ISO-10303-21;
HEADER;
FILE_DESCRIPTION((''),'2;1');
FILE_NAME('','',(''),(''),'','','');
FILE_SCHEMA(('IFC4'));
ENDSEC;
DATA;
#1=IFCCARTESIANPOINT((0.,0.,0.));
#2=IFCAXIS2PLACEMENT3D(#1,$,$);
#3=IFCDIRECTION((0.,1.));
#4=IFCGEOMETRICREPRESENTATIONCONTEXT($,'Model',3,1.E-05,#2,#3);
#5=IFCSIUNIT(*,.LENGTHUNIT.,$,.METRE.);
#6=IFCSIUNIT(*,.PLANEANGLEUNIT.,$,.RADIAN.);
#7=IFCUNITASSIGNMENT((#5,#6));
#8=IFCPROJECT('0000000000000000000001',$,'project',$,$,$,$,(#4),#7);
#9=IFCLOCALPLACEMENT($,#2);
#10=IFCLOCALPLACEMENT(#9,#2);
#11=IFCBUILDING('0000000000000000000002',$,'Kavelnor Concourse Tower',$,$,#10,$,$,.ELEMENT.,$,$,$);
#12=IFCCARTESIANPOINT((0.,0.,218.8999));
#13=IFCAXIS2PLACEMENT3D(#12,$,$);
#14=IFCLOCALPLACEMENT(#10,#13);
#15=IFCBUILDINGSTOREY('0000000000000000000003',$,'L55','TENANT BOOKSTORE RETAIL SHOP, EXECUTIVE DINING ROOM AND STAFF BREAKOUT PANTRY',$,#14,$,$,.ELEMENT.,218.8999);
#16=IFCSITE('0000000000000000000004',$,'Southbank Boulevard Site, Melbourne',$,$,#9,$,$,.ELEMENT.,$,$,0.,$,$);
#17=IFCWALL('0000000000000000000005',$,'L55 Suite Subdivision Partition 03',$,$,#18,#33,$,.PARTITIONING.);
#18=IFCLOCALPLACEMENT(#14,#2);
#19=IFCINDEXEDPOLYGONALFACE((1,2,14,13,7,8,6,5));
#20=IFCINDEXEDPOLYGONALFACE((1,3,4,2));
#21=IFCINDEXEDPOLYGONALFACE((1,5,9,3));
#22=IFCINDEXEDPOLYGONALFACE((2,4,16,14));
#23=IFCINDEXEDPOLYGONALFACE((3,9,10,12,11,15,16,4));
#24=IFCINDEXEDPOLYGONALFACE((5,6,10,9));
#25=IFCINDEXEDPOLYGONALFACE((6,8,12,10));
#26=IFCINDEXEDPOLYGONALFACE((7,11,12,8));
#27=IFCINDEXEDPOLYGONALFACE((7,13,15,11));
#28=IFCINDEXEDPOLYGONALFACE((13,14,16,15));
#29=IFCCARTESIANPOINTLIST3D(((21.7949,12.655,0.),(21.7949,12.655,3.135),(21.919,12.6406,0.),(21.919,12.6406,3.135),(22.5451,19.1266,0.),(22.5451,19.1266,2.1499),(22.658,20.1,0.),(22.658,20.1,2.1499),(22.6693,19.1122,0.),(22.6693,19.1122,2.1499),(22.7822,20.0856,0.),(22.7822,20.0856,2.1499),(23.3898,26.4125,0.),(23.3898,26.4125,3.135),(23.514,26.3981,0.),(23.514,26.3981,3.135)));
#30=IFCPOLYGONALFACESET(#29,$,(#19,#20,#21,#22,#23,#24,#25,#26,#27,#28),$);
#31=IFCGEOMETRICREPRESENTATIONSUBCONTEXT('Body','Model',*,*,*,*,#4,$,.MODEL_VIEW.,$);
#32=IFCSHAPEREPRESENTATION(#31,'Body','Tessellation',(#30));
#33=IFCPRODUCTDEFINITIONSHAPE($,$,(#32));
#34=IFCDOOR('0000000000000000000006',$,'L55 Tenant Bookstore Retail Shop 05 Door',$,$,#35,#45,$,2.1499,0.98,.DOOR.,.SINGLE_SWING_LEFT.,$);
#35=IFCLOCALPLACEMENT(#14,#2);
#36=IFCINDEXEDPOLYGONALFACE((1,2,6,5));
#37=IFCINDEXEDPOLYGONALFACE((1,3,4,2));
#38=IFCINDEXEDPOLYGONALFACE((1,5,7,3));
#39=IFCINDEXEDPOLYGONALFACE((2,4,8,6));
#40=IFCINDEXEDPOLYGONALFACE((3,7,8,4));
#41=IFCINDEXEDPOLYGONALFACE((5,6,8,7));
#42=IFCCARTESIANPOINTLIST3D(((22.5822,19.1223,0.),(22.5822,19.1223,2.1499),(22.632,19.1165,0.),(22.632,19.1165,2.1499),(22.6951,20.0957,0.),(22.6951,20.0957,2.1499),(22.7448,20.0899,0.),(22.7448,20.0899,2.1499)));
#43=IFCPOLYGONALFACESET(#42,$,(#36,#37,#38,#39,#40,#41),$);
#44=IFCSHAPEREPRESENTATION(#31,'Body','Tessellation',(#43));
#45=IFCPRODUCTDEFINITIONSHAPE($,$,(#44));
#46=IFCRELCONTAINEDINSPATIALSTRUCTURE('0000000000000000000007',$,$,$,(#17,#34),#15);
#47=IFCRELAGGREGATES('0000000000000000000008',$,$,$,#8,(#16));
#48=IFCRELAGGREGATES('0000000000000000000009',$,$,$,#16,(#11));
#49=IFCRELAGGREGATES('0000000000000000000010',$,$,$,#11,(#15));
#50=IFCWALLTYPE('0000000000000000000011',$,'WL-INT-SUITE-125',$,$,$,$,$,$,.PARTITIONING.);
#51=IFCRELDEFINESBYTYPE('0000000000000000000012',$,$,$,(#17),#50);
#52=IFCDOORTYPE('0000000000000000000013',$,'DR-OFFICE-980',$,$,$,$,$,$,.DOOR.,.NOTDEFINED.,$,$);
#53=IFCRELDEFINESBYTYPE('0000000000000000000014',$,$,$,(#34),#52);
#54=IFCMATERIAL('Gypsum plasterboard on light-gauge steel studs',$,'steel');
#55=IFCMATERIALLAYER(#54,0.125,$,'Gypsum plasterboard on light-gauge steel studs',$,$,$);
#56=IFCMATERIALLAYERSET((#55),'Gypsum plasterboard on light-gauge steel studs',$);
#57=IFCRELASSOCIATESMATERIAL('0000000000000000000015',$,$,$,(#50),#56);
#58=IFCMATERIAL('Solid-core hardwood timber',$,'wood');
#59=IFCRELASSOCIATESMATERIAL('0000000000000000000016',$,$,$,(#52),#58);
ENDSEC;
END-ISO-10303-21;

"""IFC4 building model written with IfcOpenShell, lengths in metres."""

from ifc_helpers import new_model, si_unit, direction, frame, frame_2d, origin, place, context, subcontext, project, spatial, rectangle, extrude, material, layer, layer_set, type_object, element, fill, save


model = new_model("IFC4")

# Units and contexts
model_context = context("Model", 3, precision=1e-05, world=origin(), true_north=direction((0.0, 1.0)))
body_context = subcontext(model_context, "Body", "Model", "MODEL_VIEW")
ifc_project = project(units=[si_unit("LENGTHUNIT", "METRE"), si_unit("PLANEANGLEUNIT", "RADIAN")], contexts=[model_context])

# Site, building, storey
site_placement = place(None, origin())
site = spatial("IfcSite", under=ifc_project, at=site_placement, Name="Southbank Boulevard Site, Melbourne", CompositionType="ELEMENT", RefElevation=0.0)
building_placement = place(site_placement, origin())
building = spatial("IfcBuilding", under=site, at=building_placement, Name="Kavelnor Concourse Tower", CompositionType="ELEMENT")
storey_placement = place(building_placement, frame((0.0, 0.0, 218.8999)))
storey = spatial("IfcBuildingStorey", under=building, at=storey_placement, Name="L55", Description="TENANT BOOKSTORE RETAIL SHOP, EXECUTIVE DINING ROOM AND STAFF BREAKOUT PANTRY", CompositionType="ELEMENT", Elevation=218.8999)

# Shared definitions
ifc_material_1 = material(Name="Gypsum plasterboard on light-gauge steel studs", Category="steel")

# Wall, opening, door
ifc_layer_1 = layer(ifc_material_1, 0.125, Name="Gypsum plasterboard on light-gauge steel studs")
ifc_layer_set_1 = layer_set([ifc_layer_1], Name="Gypsum plasterboard on light-gauge steel studs")
wall_type_1 = type_object("IfcWallType", Name="WL-INT-SUITE-125", PredefinedType="PARTITIONING", material=ifc_layer_set_1)
wall_1_placement = place(storey_placement, frame((23.4519, 26.4053, 0.0), z_axis=(0.0, 0.0, 1.0), x_axis=(-0.115163, -0.993347, 0.0)))
wall_1 = element("IfcWall", 1, at=wall_1_placement, inside=storey, type_object=wall_type_1, Name="L55 Suite Subdivision Partition 03", PredefinedType="PARTITIONING", context=body_context, shape_type="SweptSolid", body=[
    extrude(rectangle(XDim=13.8496, YDim=0.125, at=frame_2d((6.9248, 0.0))), origin(), (0.0, 0.0, 1.0), 3.135),
])
opening_1_placement = place(wall_1_placement, frame((6.3547, 0.0, 0.0)))
opening_1 = element("IfcOpeningElement", 2, at=opening_1_placement, cuts=wall_1, PredefinedType="OPENING", context=body_context, shape_type="SweptSolid", body=[
    extrude(rectangle(XDim=0.98, YDim=2.1499, at=frame_2d((0.49, 1.075))), frame((0.0, 0.0725, 0.0), z_axis=(0.0, -1.0, 0.0), x_axis=(1.0, 0.0, 0.0)), (0.0, 0.0, 1.0), 0.145),
])
ifc_material_2 = material(Name="Solid-core hardwood timber", Category="wood")
door_type = type_object("IfcDoorType", Name="DR-OFFICE-980", OperationType="NOTDEFINED", PredefinedType="DOOR", material=ifc_material_2)
door_placement = place(opening_1_placement, origin())
door = element("IfcDoor", 3, at=door_placement, inside=storey, type_object=door_type, Name="L55 Tenant Bookstore Retail Shop 05 Door", OperationType="SINGLE_SWING_LEFT", OverallHeight=2.1499, OverallWidth=0.98, PredefinedType="DOOR", context=body_context, shape_type="SweptSolid", body=[
    extrude(rectangle(XDim=0.98, YDim=2.1499, at=frame_2d((0.49, 1.075))), frame((0.0, 0.0249, 0.0), z_axis=(0.0, -1.0, 0.0), x_axis=(1.0, 0.0, 0.0)), (0.0, 0.0, 1.0), 0.05),
])
fill(opening_1, door)

save(model, "model.ifc")
